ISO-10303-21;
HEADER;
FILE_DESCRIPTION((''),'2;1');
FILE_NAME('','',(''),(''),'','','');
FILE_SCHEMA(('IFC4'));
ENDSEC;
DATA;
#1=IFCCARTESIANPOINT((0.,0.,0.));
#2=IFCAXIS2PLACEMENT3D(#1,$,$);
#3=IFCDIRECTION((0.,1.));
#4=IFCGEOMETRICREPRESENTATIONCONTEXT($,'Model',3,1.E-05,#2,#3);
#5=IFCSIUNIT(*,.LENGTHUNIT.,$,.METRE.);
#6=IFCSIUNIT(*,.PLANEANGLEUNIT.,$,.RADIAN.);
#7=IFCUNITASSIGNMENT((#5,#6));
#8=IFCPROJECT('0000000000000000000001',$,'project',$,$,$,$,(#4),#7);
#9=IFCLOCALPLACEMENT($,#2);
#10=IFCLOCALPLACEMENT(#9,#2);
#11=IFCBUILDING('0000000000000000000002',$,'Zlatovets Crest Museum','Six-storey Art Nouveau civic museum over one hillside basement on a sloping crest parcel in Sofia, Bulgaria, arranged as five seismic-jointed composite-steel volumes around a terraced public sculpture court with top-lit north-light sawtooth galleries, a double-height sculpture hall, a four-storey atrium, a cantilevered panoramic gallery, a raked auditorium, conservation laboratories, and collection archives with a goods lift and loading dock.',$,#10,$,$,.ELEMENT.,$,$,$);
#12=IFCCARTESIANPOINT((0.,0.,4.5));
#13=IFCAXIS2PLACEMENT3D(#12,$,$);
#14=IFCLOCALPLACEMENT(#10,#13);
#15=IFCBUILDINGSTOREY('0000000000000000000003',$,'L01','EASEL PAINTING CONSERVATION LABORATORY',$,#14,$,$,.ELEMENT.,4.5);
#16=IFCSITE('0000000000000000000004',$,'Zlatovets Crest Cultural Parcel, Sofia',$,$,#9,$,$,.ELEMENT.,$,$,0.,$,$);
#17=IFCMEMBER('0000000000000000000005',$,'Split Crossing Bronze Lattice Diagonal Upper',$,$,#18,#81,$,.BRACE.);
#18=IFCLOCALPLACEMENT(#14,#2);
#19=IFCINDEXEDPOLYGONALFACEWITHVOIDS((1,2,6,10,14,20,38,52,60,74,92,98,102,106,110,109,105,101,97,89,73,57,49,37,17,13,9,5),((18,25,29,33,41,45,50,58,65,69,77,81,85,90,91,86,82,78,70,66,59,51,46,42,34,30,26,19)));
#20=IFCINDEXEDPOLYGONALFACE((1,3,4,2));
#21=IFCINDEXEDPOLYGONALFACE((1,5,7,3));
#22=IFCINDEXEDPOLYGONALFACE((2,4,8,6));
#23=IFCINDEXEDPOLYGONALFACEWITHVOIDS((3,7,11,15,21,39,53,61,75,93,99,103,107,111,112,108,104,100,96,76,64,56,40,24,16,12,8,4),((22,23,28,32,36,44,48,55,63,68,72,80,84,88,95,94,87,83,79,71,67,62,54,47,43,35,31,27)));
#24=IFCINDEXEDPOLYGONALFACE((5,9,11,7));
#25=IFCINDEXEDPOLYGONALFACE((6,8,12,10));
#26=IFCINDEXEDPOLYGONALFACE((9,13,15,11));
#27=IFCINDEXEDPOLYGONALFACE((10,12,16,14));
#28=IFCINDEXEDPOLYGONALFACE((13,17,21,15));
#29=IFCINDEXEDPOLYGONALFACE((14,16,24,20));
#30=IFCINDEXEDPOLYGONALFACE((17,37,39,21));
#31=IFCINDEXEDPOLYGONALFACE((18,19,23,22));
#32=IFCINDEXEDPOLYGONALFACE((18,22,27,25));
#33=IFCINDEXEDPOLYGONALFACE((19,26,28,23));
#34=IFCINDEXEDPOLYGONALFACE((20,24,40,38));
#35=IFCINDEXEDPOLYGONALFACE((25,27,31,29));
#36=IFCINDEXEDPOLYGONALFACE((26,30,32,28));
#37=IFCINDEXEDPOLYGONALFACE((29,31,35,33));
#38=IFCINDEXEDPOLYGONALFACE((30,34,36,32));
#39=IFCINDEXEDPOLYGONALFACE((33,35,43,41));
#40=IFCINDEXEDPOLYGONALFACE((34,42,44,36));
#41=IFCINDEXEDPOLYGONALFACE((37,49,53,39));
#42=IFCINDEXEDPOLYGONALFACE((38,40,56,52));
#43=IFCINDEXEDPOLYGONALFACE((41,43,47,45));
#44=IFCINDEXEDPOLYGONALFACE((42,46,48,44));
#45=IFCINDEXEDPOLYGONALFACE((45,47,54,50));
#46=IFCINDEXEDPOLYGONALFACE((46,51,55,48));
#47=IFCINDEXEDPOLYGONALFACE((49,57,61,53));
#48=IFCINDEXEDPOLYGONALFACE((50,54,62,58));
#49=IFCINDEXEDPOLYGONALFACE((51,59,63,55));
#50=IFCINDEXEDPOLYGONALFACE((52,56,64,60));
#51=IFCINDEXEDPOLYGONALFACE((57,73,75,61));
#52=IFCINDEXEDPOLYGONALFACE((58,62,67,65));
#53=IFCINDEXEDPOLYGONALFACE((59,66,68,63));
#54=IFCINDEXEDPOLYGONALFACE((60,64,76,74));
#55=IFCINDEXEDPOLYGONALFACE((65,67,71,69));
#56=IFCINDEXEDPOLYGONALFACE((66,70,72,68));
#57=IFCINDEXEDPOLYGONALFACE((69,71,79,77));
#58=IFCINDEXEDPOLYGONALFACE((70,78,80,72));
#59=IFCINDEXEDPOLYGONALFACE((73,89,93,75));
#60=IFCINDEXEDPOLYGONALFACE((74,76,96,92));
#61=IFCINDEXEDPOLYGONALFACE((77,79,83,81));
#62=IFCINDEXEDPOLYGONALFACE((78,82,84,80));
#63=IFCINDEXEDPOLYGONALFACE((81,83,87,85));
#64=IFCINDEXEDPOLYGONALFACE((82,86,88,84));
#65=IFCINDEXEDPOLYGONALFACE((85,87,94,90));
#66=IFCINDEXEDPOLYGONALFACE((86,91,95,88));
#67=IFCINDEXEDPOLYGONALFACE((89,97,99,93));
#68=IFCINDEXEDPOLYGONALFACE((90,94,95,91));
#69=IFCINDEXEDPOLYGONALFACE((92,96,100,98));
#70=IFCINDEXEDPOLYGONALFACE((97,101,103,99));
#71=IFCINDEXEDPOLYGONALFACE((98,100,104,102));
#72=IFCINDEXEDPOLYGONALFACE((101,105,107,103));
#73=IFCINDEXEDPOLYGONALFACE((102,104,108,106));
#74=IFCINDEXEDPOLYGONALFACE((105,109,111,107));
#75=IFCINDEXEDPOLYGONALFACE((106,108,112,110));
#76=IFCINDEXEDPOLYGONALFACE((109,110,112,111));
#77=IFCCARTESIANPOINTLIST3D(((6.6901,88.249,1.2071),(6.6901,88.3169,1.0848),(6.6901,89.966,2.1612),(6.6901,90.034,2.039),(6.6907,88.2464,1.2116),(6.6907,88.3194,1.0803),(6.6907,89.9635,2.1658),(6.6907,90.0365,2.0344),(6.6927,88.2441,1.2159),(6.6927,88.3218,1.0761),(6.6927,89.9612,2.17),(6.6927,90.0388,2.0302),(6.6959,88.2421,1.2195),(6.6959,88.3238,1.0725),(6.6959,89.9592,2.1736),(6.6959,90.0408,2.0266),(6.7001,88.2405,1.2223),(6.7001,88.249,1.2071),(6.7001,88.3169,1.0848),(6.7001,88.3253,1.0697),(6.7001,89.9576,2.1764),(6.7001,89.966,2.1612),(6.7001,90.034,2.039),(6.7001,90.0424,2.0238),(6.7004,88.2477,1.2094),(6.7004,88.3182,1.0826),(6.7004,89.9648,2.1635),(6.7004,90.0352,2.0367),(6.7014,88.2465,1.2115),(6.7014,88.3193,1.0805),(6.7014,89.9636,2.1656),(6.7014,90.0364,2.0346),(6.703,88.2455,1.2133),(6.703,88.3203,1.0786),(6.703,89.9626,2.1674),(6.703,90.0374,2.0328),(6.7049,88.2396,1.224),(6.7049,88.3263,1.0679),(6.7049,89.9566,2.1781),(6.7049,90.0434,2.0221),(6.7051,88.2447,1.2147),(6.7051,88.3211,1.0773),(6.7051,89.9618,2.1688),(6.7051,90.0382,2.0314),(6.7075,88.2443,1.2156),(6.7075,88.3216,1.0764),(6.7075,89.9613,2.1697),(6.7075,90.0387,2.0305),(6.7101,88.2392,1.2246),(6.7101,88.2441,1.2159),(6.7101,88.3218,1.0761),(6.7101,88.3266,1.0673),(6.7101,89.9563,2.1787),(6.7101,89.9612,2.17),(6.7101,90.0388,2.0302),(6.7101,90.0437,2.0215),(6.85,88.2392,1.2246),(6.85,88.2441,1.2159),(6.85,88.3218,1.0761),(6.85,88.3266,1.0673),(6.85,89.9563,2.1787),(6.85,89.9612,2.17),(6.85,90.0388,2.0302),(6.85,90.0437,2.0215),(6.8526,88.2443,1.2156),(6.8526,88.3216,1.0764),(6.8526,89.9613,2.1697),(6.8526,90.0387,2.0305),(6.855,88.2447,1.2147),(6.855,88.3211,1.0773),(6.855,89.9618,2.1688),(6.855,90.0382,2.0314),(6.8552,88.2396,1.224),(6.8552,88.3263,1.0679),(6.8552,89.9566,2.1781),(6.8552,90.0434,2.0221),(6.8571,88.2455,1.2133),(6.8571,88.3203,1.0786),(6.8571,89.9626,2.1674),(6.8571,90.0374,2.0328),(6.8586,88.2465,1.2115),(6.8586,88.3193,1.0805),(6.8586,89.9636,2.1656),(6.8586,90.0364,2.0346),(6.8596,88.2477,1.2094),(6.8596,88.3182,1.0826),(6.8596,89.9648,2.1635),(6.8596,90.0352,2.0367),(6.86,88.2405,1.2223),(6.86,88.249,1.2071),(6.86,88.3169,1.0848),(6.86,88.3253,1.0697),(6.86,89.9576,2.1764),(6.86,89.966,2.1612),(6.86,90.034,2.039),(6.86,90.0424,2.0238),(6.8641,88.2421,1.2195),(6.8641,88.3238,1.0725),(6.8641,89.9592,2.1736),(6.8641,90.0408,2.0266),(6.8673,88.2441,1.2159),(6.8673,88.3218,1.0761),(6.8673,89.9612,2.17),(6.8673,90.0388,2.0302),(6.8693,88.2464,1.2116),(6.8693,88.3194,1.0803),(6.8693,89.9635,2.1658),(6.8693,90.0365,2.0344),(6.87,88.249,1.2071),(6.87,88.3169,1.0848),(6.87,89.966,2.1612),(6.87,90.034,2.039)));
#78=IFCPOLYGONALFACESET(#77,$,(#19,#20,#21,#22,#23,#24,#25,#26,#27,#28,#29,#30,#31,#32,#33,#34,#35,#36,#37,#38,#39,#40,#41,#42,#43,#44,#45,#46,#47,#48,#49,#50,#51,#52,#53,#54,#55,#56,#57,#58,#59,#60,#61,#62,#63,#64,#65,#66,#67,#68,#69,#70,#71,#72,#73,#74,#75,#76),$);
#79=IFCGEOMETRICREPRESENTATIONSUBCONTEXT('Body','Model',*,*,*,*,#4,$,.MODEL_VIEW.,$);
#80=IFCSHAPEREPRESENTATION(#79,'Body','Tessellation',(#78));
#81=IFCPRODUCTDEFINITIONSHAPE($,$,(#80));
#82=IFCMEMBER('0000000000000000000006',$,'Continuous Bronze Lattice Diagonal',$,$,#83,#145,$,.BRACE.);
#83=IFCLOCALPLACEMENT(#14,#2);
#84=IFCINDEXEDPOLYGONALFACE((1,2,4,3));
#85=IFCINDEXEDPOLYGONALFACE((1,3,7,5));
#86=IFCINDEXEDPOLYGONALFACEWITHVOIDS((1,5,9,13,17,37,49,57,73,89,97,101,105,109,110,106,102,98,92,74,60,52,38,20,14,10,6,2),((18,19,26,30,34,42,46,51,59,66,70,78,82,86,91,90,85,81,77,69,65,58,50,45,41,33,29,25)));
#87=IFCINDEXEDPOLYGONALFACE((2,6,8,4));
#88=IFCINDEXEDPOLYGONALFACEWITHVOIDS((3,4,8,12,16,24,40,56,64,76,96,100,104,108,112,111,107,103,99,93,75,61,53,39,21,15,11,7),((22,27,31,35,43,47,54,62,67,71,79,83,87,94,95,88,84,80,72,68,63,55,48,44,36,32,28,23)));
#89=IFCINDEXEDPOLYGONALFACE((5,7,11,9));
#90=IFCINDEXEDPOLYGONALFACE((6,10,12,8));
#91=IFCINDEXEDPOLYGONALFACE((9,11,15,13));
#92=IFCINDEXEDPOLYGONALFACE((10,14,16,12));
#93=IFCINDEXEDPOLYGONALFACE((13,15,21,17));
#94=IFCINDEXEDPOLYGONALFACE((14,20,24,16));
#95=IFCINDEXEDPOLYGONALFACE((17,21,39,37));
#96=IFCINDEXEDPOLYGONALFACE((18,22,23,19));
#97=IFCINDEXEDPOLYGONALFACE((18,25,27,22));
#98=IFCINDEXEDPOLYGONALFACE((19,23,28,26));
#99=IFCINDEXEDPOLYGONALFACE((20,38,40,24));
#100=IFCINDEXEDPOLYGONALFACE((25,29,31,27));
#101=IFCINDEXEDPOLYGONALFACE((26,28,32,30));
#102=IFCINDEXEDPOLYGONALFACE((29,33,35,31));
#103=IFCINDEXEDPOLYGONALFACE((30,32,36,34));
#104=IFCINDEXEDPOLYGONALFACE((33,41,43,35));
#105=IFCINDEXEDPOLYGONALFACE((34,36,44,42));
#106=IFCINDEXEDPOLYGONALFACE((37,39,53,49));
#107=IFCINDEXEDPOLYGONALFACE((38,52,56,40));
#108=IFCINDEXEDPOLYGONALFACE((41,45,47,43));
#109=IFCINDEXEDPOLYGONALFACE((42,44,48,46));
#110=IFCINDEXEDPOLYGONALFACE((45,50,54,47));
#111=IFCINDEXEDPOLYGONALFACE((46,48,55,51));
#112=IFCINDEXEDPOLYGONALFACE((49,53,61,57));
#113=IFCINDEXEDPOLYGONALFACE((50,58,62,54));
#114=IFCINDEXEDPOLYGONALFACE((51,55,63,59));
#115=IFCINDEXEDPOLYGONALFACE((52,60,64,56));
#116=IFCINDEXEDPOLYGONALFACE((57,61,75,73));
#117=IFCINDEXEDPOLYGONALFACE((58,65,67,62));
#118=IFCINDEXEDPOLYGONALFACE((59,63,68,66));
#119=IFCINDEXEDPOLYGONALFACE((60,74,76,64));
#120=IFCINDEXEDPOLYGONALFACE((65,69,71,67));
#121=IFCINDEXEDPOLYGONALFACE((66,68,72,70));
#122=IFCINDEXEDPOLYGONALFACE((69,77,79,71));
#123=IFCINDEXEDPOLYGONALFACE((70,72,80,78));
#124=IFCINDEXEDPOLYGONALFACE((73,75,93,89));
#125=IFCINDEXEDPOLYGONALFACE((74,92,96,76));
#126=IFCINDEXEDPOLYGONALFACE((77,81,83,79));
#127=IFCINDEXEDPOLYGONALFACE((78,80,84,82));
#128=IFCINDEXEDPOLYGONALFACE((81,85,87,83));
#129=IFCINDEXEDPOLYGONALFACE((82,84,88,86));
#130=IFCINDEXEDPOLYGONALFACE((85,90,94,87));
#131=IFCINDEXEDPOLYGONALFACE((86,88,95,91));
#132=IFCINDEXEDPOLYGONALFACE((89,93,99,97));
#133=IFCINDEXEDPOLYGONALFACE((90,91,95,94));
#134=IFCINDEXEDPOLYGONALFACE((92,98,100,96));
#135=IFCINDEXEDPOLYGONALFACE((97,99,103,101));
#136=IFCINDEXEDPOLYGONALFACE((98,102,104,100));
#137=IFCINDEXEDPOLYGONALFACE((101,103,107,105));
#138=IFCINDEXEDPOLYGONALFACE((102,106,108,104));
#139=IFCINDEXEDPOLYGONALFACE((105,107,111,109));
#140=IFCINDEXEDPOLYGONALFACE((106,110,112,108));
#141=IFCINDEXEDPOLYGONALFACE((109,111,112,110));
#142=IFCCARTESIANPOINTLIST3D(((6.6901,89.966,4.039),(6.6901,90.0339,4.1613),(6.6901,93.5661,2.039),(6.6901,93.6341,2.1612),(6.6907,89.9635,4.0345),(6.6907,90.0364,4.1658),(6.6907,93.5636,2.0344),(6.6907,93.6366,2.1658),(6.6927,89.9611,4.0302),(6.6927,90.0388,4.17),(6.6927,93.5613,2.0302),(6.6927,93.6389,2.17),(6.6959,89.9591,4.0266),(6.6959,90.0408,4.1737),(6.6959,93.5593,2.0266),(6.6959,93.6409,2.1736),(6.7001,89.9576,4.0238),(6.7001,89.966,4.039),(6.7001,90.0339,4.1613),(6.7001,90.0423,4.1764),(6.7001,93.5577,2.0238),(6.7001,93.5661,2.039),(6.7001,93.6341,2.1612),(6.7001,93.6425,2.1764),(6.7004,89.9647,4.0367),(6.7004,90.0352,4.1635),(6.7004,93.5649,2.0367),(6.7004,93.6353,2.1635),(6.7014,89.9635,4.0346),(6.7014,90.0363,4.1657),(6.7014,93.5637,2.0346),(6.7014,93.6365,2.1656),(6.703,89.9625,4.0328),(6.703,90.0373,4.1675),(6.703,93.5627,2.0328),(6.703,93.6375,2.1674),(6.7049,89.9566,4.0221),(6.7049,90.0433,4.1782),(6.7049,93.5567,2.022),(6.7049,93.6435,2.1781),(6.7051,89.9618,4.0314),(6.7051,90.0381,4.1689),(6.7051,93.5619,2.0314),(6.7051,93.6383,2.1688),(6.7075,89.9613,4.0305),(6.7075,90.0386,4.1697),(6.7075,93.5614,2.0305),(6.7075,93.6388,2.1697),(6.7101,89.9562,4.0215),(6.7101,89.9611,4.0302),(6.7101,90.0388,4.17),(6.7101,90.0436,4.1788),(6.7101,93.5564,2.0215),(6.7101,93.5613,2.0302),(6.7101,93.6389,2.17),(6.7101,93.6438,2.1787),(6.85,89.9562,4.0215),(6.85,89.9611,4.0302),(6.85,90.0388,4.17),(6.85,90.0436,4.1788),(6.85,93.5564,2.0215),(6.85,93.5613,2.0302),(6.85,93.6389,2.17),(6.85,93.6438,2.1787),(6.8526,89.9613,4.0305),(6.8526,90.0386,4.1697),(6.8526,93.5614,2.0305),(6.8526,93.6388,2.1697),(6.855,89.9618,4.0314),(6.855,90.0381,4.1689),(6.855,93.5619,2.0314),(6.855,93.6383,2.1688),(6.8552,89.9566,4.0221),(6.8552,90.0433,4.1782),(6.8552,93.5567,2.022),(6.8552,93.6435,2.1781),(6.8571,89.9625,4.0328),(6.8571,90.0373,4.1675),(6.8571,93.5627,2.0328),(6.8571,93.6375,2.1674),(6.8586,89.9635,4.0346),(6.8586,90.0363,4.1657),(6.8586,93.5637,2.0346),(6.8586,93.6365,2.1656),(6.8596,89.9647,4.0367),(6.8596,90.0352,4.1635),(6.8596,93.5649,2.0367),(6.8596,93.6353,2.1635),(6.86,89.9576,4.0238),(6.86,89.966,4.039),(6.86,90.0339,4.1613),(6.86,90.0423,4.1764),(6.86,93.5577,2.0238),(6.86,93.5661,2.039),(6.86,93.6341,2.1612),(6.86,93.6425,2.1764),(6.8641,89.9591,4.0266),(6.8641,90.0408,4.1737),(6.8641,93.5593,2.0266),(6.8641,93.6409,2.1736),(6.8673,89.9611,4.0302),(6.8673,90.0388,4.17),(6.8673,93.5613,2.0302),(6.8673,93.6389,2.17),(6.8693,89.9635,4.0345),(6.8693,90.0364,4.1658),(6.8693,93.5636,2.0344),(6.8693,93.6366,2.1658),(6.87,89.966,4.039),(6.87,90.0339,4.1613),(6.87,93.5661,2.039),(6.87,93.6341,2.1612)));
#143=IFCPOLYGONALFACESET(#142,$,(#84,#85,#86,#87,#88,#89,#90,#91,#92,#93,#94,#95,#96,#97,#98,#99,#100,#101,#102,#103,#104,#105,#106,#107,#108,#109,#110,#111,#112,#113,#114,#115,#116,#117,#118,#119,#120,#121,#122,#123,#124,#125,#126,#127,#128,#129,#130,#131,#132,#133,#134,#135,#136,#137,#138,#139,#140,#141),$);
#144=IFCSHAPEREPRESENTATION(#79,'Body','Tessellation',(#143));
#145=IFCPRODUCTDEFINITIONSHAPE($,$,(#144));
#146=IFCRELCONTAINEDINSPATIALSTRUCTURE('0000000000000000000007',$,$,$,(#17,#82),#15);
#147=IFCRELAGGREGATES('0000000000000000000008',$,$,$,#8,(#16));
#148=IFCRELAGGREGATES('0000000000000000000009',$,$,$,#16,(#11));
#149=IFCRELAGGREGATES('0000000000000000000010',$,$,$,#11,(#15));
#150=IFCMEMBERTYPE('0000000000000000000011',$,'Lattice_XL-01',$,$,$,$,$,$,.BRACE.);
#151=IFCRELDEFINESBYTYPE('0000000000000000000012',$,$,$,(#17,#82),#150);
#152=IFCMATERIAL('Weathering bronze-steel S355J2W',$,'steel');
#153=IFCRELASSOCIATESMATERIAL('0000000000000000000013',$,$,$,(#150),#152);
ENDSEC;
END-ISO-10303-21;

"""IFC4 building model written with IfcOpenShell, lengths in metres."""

from ifc_helpers import new_model, si_unit, direction, frame, origin, origin_2d, place, context, subcontext, project, spatial, hollow_rectangle, extrude, material, material_profile, profile_set, type_object, element, save


model = new_model("IFC4")

# Units and contexts
model_context = context("Model", 3, precision=1e-05, world=origin(), true_north=direction((0.0, 1.0)))
body_context = subcontext(model_context, "Body", "Model", "MODEL_VIEW")
ifc_project = project(units=[si_unit("LENGTHUNIT", "METRE"), si_unit("PLANEANGLEUNIT", "RADIAN")], contexts=[model_context])

# Site, building, storey
site_placement = place(None, origin())
site = spatial("IfcSite", under=ifc_project, at=site_placement, Name="Zlatovets Crest Cultural Parcel, Sofia", CompositionType="ELEMENT", RefElevation=0.0)
building_placement = place(site_placement, origin())
building = spatial("IfcBuilding", under=site, at=building_placement, Name="Zlatovets Crest Museum", Description="Six-storey Art Nouveau civic museum over one hillside basement on a sloping crest parcel in Sofia, Bulgaria, arranged as five seismic-jointed composite-steel volumes around a terraced public sculpture court with top-lit north-light sawtooth galleries, a double-height sculpture hall, a four-storey atrium, a cantilevered panoramic gallery, a raked auditorium, conservation laboratories, and collection archives with a goods lift and loading dock.", CompositionType="ELEMENT")
storey_placement = place(building_placement, frame((0.0, 0.0, 4.5)))
storey = spatial("IfcBuildingStorey", under=building, at=storey_placement, Name="L01", Description="EASEL PAINTING CONSERVATION LABORATORY", CompositionType="ELEMENT", Elevation=4.5)

# Members
ifc_material_1 = material(Name="Weathering bronze-steel S355J2W", Category="steel")
ifc_material_profile_1 = material_profile(ifc_material_1, hollow_rectangle(XDim=0.1799, YDim=0.1799, WallThickness=0.01, InnerFilletRadius=0.01, OuterFilletRadius=0.02, at=origin_2d()), Name="SHS 180x180x10.0")
ifc_profile_set_1 = profile_set([ifc_material_profile_1], Name="Weathering bronze-steel S355J2W")
member_type_1 = type_object("IfcMemberType", Name="Lattice_XL-01", PredefinedType="BRACE", material=ifc_profile_set_1)
member_1_placement = place(storey_placement, frame((6.78, 90.0, 2.1001), z_axis=(0.0, -0.874116, -0.485717), x_axis=(1.0, 0.0, 0.0)))
element("IfcMember", 1, at=member_1_placement, inside=storey, type_object=member_type_1, Name="Split Crossing Bronze Lattice Diagonal Upper", PredefinedType="BRACE", context=body_context, shape_type="SweptSolid", body=[
    extrude(hollow_rectangle(XDim=0.1799, YDim=0.1799, WallThickness=0.01, InnerFilletRadius=0.01, OuterFilletRadius=0.02, at=origin_2d()), origin(), (0.0, 0.0, 1.0), 1.9644),
])
member_2_placement = place(storey_placement, frame((6.78, 93.6001, 2.1001), z_axis=(0.0, -0.874163, 0.485633), x_axis=(1.0, 0.0, 0.0)))
element("IfcMember", 2, at=member_2_placement, inside=storey, type_object=member_type_1, Name="Continuous Bronze Lattice Diagonal", PredefinedType="BRACE", context=body_context, shape_type="SweptSolid", body=[
    extrude(hollow_rectangle(XDim=0.1799, YDim=0.1799, WallThickness=0.01, InnerFilletRadius=0.01, OuterFilletRadius=0.02, at=origin_2d()), origin(), (0.0, 0.0, 1.0), 4.1184),
])

save(model, "model.ifc")
